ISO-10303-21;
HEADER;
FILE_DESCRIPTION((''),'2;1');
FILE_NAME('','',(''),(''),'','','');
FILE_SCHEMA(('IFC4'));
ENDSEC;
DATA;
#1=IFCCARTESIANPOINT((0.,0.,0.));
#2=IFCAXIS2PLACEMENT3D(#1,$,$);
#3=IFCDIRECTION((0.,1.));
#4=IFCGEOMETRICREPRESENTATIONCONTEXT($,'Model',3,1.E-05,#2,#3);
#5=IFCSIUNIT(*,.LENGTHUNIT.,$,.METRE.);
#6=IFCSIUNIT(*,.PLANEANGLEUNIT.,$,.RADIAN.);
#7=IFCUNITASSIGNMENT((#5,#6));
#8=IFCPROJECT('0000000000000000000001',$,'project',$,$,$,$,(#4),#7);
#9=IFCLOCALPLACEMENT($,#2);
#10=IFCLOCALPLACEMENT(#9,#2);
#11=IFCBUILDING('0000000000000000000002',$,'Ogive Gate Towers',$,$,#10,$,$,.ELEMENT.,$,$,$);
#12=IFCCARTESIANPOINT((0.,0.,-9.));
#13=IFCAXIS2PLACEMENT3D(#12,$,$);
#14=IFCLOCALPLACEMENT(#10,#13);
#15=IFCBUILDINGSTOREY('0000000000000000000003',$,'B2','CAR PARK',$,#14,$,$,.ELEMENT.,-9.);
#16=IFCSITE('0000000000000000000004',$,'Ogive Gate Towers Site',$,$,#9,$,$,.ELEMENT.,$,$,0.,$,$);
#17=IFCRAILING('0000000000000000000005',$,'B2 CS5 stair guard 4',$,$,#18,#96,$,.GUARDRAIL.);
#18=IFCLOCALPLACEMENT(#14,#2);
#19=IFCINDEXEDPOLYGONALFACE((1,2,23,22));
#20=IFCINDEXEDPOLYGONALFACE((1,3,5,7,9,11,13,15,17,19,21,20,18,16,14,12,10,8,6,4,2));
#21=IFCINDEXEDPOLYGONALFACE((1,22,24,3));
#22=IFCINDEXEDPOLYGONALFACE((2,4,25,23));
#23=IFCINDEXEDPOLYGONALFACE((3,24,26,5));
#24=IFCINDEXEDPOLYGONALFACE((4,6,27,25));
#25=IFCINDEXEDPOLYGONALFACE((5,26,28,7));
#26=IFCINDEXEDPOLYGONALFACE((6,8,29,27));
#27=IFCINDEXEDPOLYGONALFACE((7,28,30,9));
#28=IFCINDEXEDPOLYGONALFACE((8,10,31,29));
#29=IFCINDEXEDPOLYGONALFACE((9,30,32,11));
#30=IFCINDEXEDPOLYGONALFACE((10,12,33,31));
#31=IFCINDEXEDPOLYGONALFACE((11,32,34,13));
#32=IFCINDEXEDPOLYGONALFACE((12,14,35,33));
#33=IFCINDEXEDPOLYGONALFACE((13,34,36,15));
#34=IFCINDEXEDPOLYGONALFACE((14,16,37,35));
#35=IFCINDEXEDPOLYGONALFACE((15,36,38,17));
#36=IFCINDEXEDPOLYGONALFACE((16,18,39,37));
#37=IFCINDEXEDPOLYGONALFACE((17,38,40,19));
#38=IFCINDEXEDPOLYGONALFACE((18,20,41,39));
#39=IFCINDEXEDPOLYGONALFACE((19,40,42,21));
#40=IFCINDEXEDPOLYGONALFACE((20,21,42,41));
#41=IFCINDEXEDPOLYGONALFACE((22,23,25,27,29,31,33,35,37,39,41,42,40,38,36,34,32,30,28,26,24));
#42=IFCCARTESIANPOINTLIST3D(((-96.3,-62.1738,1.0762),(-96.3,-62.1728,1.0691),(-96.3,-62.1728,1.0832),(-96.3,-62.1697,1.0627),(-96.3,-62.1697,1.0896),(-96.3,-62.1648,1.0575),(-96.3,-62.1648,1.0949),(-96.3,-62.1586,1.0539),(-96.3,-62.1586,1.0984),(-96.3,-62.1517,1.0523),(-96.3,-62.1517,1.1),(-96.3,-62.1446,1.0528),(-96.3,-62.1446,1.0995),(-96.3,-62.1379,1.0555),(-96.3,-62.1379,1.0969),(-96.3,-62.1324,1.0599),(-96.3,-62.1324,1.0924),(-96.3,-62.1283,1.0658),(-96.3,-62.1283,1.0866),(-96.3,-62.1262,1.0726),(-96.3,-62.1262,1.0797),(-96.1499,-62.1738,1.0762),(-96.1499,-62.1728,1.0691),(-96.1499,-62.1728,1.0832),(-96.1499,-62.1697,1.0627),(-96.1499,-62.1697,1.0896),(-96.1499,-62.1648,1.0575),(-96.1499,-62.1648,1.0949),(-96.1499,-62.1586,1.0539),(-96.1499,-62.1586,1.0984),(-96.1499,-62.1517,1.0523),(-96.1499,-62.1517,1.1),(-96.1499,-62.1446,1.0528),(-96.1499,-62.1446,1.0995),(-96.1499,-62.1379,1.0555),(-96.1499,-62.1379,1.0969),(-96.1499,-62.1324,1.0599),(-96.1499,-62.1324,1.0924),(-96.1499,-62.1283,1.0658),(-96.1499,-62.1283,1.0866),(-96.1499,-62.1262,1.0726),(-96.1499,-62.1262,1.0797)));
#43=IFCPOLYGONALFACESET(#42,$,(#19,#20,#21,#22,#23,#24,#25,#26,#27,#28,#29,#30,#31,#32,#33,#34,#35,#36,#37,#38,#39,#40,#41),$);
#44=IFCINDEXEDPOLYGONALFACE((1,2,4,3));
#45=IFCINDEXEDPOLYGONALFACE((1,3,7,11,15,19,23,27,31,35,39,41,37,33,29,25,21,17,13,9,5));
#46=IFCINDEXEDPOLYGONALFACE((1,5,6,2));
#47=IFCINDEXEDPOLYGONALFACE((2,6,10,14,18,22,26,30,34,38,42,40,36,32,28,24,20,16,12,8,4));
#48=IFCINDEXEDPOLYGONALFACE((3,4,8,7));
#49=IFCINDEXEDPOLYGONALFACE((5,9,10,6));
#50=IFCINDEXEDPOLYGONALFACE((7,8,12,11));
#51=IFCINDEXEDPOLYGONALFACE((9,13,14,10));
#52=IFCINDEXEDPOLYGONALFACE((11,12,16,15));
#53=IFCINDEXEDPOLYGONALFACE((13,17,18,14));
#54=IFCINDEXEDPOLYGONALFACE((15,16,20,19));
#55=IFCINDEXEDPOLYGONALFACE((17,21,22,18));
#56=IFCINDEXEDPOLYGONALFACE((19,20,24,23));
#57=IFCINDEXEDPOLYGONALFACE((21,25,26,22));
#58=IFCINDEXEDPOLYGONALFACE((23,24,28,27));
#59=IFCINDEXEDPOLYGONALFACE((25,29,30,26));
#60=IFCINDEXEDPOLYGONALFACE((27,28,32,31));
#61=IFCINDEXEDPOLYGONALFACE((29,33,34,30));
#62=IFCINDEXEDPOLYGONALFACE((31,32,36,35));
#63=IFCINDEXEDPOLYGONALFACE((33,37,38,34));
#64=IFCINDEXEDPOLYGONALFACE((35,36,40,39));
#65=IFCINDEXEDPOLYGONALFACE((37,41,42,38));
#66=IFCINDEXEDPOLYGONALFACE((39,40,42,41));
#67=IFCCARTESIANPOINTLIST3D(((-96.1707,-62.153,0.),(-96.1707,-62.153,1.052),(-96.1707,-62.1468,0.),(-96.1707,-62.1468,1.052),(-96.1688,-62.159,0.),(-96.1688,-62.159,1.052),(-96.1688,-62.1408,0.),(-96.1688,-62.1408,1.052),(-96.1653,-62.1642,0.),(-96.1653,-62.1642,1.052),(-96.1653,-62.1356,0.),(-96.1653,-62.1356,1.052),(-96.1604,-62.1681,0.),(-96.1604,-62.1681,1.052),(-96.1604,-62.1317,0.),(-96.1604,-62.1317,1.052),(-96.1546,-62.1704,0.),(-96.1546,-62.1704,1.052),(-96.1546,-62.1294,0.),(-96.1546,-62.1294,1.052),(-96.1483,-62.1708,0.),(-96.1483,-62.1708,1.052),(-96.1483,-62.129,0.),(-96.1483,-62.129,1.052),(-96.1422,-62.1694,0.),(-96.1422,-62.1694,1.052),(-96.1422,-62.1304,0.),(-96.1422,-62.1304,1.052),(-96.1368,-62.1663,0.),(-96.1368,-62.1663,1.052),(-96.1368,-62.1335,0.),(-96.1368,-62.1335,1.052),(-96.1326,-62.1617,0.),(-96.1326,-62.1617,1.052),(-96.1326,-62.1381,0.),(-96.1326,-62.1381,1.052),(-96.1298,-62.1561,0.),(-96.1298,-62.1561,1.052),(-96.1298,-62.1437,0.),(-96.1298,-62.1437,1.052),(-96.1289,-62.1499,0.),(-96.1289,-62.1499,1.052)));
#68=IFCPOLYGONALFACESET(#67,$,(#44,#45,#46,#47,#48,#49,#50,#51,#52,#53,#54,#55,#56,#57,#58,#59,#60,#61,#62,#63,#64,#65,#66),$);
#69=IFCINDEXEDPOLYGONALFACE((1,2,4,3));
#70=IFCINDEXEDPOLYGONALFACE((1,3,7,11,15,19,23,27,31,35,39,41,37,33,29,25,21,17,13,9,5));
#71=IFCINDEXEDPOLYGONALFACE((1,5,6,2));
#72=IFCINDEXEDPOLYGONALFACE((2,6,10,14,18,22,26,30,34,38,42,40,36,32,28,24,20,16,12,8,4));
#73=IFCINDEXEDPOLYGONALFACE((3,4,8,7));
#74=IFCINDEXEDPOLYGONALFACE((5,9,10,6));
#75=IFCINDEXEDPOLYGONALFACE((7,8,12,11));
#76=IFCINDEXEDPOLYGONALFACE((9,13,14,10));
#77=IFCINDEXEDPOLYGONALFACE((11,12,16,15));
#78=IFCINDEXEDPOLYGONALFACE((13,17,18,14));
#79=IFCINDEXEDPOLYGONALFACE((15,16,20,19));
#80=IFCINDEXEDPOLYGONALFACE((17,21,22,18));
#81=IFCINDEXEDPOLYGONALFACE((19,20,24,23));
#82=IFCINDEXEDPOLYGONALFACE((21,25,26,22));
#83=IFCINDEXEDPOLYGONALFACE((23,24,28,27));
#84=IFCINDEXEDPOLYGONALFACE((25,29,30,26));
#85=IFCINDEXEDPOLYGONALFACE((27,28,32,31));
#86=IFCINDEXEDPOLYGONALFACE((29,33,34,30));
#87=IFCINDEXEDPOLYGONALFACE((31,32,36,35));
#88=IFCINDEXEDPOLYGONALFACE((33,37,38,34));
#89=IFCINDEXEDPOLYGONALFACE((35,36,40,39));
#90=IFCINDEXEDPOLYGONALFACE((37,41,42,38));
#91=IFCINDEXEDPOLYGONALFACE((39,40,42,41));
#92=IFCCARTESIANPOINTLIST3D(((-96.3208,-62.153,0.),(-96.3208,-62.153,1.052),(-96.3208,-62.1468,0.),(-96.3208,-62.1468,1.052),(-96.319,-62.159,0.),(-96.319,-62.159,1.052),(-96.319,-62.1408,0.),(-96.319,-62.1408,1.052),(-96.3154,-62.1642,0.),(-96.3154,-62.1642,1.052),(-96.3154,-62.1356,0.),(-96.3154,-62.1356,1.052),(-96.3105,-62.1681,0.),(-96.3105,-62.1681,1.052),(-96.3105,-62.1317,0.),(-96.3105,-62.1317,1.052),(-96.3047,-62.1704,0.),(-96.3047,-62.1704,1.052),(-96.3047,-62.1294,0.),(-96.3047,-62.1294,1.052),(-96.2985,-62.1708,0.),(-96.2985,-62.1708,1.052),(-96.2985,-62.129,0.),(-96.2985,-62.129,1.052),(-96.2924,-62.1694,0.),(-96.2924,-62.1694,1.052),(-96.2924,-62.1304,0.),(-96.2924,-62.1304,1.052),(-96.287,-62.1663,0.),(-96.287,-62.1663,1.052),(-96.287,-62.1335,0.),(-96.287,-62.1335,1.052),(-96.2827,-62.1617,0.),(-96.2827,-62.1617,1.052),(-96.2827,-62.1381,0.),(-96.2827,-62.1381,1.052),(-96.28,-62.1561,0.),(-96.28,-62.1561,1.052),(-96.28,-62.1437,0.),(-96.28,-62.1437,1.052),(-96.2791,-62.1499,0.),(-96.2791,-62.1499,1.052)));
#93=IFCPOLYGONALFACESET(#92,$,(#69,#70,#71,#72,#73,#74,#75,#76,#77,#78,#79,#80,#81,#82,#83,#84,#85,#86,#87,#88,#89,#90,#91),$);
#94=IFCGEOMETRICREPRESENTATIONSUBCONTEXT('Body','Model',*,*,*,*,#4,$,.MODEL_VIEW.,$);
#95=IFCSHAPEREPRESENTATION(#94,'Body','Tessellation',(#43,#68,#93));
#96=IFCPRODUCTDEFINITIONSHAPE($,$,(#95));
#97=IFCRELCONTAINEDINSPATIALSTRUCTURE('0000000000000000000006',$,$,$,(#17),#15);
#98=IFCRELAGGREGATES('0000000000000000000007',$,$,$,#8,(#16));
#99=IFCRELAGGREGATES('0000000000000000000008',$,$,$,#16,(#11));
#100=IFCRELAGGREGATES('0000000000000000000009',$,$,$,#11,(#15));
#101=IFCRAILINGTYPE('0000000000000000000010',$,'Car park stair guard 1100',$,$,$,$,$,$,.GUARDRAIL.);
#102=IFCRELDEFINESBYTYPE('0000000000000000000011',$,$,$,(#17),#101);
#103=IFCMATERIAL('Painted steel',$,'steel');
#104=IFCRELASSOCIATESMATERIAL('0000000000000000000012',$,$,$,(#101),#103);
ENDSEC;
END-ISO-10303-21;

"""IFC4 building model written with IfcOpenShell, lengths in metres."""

from ifc_helpers import new_model, si_unit, direction, frame, origin, origin_2d, place, context, subcontext, project, spatial, circle, extrude, material, type_object, element, save


model = new_model("IFC4")

# Units and contexts
model_context = context("Model", 3, precision=1e-05, world=origin(), true_north=direction((0.0, 1.0)))
body_context = subcontext(model_context, "Body", "Model", "MODEL_VIEW")
ifc_project = project(units=[si_unit("LENGTHUNIT", "METRE"), si_unit("PLANEANGLEUNIT", "RADIAN")], contexts=[model_context])

# Site, building, storey
site_placement = place(None, origin())
site = spatial("IfcSite", under=ifc_project, at=site_placement, Name="Ogive Gate Towers Site", CompositionType="ELEMENT", RefElevation=0.0)
building_placement = place(site_placement, origin())
building = spatial("IfcBuilding", under=site, at=building_placement, Name="Ogive Gate Towers", CompositionType="ELEMENT")
storey_placement = place(building_placement, frame((0.0, 0.0, -9.0)))
storey = spatial("IfcBuildingStorey", under=building, at=storey_placement, Name="B2", Description="CAR PARK", CompositionType="ELEMENT", Elevation=-9.0)

# Railing
ifc_material_1 = material(Name="Painted steel", Category="steel")
railing_type_1 = type_object("IfcRailingType", Name="Car park stair guard 1100", PredefinedType="GUARDRAIL", material=ifc_material_1)
railing_1_placement = place(storey_placement, frame((-96.1499, -62.1499, 0.0)))
element("IfcRailing", 1, at=railing_1_placement, inside=storey, type_object=railing_type_1, Name="B2 CS5 stair guard 4", PredefinedType="GUARDRAIL", context=body_context, shape_type="SweptSolid", body=[
    extrude(circle(Radius=0.0239, at=origin_2d()), frame((0.0, 0.0, 1.0762), z_axis=(-1.0, 0.0, 0.0), x_axis=(0.0, -1.0, 0.0)), (0.0, 0.0, 1.0), 0.1501),
    extrude(circle(Radius=0.021, at=origin_2d()), origin(), (0.0, 0.0, 1.0), 1.052),
    extrude(circle(Radius=0.021, at=origin_2d()), frame((-0.1501, 0.0, 0.0)), (0.0, 0.0, 1.0), 1.052),
])

save(model, "model.ifc")
